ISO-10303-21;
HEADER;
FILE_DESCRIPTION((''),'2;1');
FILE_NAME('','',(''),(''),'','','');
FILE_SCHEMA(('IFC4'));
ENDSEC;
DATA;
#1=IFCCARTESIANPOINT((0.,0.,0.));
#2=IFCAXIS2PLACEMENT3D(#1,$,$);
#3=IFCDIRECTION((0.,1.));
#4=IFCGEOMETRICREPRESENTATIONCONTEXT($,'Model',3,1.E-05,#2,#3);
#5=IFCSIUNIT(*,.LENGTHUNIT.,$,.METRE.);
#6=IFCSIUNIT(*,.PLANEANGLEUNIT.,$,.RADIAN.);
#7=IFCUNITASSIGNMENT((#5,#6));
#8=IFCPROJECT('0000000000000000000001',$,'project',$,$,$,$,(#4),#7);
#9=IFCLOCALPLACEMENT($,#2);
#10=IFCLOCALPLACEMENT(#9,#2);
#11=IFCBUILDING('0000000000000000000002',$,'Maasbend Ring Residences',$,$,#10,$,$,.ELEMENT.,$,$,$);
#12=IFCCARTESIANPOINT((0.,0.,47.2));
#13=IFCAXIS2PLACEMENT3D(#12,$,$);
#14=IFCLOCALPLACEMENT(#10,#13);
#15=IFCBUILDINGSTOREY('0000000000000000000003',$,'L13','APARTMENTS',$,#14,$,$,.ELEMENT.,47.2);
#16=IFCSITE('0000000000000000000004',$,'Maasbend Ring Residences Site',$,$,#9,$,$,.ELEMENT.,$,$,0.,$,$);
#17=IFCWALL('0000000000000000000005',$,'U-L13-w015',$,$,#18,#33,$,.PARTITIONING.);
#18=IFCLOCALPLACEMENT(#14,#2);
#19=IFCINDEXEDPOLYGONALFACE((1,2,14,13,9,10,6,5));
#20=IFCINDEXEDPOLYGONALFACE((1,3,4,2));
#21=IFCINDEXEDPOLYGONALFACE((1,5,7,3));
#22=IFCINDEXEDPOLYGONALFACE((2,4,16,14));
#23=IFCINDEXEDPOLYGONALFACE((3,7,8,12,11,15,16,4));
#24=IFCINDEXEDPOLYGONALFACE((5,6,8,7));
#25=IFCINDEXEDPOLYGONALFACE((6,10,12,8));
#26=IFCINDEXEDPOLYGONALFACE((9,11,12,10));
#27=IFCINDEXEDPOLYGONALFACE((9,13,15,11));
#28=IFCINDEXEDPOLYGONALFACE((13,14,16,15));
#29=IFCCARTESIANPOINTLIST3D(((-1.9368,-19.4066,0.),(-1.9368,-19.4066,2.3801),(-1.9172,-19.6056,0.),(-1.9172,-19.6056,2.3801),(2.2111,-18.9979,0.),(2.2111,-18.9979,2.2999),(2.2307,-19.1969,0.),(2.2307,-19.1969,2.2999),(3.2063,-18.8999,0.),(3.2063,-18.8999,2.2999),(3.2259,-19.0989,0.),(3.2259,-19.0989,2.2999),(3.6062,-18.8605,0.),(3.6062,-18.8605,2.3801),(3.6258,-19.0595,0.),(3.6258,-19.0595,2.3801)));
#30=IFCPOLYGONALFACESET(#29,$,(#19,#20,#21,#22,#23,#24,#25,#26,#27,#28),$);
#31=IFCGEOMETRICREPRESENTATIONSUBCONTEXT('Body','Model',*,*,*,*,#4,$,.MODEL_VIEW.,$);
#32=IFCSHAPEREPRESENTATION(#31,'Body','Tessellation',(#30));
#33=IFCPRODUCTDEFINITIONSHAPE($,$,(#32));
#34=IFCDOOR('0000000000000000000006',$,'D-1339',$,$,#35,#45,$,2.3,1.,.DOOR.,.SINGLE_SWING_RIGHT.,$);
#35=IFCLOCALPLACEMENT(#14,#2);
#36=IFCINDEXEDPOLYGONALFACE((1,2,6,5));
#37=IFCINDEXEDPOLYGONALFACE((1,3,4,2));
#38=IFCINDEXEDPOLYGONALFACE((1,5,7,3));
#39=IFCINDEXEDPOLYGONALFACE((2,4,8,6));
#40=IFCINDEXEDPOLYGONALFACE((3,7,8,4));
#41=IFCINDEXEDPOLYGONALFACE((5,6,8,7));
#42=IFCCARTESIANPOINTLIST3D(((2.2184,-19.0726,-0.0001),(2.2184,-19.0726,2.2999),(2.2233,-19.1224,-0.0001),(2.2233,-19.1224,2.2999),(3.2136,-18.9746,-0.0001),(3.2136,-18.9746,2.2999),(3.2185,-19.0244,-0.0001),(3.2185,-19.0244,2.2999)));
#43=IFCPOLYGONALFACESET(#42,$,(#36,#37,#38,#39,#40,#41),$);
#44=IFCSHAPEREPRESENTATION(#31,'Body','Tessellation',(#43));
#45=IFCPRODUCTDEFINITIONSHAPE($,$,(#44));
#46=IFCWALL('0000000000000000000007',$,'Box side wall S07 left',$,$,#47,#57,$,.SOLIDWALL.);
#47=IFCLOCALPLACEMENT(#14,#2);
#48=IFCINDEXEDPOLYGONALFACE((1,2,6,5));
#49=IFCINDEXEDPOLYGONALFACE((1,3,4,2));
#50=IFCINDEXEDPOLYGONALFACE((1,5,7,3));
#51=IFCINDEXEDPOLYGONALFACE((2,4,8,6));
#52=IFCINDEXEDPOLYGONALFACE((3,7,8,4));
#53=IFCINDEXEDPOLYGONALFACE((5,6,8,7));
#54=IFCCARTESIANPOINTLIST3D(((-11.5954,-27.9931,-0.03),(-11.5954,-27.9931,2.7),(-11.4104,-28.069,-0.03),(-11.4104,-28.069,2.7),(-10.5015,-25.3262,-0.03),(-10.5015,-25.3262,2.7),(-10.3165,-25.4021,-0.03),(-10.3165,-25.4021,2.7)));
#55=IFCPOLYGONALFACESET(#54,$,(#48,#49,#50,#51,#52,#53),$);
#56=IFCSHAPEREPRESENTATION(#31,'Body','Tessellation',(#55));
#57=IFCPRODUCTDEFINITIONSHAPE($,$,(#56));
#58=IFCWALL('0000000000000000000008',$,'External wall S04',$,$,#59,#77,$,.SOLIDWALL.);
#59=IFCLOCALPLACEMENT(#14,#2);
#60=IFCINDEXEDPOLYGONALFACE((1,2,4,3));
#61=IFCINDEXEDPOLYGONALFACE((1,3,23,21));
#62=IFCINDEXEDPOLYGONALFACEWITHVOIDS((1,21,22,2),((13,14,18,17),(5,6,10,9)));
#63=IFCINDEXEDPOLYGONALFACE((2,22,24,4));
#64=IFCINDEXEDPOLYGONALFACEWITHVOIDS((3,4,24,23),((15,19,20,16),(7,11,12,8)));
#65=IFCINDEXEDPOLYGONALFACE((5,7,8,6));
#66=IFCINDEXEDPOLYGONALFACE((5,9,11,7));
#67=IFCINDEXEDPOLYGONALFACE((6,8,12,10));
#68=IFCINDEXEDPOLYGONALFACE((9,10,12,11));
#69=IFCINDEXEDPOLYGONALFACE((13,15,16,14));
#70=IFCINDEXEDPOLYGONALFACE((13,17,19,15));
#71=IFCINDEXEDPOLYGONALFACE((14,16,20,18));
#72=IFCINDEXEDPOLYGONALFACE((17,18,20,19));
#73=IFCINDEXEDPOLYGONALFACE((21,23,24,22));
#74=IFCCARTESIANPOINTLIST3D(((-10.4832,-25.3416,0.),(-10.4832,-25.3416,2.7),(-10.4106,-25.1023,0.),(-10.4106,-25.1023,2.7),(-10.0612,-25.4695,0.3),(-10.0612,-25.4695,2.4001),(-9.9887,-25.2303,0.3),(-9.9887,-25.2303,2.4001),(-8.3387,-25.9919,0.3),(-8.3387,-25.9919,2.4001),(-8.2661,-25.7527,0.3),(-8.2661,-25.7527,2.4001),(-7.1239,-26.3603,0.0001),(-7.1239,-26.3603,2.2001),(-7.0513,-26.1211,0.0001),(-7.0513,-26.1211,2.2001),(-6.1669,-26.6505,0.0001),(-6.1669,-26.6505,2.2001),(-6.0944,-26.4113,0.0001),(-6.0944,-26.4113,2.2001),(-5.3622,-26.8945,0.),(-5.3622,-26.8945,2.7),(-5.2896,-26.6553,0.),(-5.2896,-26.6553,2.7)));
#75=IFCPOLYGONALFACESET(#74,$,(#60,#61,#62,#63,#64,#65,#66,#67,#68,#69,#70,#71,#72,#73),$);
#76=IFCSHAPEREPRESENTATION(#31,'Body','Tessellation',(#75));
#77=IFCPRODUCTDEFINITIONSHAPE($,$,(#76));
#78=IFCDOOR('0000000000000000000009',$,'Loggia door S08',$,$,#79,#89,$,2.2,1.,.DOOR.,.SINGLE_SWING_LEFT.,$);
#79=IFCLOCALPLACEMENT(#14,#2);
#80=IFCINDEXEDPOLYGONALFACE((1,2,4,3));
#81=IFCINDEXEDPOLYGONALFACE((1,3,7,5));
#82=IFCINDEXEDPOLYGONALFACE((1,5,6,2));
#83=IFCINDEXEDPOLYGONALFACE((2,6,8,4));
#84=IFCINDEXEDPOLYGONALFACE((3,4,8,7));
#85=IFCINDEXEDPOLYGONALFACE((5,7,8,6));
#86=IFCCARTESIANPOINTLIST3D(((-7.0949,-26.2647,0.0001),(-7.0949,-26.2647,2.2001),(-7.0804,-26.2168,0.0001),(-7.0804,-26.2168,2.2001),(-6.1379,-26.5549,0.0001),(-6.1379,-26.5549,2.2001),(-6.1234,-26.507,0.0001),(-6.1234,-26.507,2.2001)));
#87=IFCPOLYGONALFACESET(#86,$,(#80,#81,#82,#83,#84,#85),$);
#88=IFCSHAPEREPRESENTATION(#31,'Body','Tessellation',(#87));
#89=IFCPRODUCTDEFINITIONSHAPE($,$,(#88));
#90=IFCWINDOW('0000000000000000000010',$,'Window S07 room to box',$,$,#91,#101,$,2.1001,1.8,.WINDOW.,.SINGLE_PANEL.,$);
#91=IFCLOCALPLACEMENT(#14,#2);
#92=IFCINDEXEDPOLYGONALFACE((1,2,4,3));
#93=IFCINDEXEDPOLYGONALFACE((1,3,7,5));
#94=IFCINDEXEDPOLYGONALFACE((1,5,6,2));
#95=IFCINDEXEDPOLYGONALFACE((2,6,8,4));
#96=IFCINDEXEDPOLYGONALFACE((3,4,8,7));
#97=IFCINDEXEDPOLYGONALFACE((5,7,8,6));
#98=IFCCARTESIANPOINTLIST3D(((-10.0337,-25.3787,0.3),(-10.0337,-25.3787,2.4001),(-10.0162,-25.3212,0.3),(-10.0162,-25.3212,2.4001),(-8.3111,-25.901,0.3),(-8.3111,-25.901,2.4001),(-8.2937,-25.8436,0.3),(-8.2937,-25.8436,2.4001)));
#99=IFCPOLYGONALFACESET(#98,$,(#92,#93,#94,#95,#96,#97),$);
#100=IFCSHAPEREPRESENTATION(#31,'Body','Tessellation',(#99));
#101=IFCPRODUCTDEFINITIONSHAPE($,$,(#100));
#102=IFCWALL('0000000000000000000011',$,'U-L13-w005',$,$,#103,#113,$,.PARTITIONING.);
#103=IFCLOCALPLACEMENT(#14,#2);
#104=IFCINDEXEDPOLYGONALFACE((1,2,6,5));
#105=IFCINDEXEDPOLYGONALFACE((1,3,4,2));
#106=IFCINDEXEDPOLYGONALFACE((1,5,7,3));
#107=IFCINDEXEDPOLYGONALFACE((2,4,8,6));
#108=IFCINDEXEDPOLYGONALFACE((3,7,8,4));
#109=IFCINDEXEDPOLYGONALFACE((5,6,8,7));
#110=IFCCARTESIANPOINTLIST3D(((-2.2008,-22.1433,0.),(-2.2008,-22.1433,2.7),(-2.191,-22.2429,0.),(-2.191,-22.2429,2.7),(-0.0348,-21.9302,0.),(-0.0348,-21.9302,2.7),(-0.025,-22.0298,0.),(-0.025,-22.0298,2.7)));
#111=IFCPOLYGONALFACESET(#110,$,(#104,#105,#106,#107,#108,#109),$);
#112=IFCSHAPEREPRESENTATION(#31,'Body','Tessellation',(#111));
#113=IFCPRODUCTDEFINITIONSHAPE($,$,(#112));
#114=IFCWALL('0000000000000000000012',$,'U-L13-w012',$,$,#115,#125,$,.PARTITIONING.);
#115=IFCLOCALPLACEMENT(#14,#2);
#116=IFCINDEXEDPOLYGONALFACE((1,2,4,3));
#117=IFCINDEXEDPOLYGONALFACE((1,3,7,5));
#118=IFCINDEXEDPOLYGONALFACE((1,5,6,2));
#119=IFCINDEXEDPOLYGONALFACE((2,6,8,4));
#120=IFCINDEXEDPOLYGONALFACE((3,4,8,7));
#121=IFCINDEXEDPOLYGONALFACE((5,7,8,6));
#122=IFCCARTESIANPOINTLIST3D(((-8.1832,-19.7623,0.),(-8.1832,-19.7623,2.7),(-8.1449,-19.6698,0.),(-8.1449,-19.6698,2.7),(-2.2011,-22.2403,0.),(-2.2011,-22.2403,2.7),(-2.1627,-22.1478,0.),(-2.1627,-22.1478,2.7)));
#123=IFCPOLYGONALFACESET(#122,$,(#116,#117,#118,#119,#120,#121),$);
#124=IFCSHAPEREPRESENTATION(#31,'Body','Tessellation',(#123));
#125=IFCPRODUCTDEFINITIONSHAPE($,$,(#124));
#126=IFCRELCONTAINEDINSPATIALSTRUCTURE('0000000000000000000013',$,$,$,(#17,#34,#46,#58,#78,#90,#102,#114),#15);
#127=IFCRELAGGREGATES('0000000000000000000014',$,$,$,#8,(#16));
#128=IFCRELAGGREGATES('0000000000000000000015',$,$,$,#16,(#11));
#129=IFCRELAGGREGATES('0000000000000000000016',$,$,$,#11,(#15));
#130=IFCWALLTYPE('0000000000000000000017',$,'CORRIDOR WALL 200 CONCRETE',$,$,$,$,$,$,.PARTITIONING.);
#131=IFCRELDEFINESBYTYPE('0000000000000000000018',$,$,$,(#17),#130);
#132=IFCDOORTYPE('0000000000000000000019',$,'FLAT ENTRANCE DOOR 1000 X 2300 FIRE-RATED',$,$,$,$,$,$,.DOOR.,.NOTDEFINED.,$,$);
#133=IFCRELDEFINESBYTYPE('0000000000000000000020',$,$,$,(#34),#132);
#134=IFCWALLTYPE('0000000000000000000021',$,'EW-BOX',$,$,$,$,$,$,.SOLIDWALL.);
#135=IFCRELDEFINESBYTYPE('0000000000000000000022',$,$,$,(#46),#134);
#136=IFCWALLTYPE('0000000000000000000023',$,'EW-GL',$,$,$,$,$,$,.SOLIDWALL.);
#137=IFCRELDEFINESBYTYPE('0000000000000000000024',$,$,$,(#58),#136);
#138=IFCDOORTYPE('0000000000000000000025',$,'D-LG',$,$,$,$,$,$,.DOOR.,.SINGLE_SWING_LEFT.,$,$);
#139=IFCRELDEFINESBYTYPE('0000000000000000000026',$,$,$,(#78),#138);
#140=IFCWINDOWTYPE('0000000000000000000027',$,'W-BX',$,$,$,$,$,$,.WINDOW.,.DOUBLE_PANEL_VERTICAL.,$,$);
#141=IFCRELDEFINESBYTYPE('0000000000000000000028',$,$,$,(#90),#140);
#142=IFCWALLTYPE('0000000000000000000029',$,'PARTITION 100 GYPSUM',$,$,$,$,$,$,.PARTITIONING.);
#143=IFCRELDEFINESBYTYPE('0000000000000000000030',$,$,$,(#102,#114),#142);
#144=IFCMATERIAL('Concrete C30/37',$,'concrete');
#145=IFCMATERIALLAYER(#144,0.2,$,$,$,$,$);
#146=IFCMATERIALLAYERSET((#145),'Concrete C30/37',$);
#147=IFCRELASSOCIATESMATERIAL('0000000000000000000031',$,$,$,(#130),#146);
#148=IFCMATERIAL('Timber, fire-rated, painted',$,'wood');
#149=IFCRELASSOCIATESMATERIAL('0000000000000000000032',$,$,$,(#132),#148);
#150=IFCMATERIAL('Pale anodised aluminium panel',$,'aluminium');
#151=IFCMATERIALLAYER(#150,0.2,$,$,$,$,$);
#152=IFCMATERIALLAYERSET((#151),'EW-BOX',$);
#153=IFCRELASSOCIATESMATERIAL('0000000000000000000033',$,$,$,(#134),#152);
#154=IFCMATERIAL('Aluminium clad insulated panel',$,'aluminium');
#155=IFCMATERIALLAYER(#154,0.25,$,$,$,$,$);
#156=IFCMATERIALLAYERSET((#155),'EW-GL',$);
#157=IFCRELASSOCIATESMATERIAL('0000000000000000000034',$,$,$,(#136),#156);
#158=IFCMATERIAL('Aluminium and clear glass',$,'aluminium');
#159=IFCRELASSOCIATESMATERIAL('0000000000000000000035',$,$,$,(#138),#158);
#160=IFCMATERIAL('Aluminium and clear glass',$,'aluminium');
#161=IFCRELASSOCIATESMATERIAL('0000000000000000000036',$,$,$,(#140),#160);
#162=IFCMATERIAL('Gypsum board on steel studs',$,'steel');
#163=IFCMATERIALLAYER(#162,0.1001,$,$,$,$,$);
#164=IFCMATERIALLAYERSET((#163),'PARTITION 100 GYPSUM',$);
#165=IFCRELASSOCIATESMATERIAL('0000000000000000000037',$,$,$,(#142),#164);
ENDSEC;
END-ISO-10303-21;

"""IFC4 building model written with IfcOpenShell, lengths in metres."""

from ifc_helpers import new_model, si_unit, direction, frame, frame_2d, origin, place, context, subcontext, project, spatial, rectangle, extrude, material, layer, layer_set, type_object, element, fill, save


model = new_model("IFC4")

# Units and contexts
model_context = context("Model", 3, precision=1e-05, world=origin(), true_north=direction((0.0, 1.0)))
body_context = subcontext(model_context, "Body", "Model", "MODEL_VIEW")
ifc_project = project(units=[si_unit("LENGTHUNIT", "METRE"), si_unit("PLANEANGLEUNIT", "RADIAN")], contexts=[model_context])

# Site, building, storey
site_placement = place(None, origin())
site = spatial("IfcSite", under=ifc_project, at=site_placement, Name="Maasbend Ring Residences Site", CompositionType="ELEMENT", RefElevation=0.0)
building_placement = place(site_placement, origin())
building = spatial("IfcBuilding", under=site, at=building_placement, Name="Maasbend Ring Residences", CompositionType="ELEMENT")
storey_placement = place(building_placement, frame((0.0, 0.0, 47.2)))
storey = spatial("IfcBuildingStorey", under=building, at=storey_placement, Name="L13", Description="APARTMENTS", CompositionType="ELEMENT", Elevation=47.2)

# Wall, opening, door
ifc_material_1 = material(Name="Concrete C30/37", Category="concrete")
ifc_layer_1 = layer(ifc_material_1, 0.2)
ifc_layer_set_1 = layer_set([ifc_layer_1], Name="Concrete C30/37")
wall_type_1 = type_object("IfcWallType", Name="CORRIDOR WALL 200 CONCRETE", PredefinedType="PARTITIONING", material=ifc_layer_set_1)
wall_1_placement = place(storey_placement, frame((-1.927, -19.5061, 0.0), z_axis=(0.0, 0.0, 1.0), x_axis=(0.995181, 0.098054, 0.0)))
wall_1 = element("IfcWall", 1, at=wall_1_placement, inside=storey, type_object=wall_type_1, Name="U-L13-w015", PredefinedType="PARTITIONING", context=body_context, shape_type="SweptSolid", body=[
    extrude(rectangle(XDim=5.5698, YDim=0.2, at=frame_2d((2.7849, 0.0))), origin(), (0.0, 0.0, 1.0), 2.3801),
])
opening_1_placement = place(wall_1_placement, frame((4.168, 0.0, 0.0)))
opening_1 = element("IfcOpeningElement", 2, at=opening_1_placement, cuts=wall_1, PredefinedType="OPENING", context=body_context, shape_type="SweptSolid", body=[
    extrude(rectangle(XDim=1.0, YDim=2.3, at=frame_2d((0.5, 1.1499))), frame((0.0, 0.1099, 0.0), z_axis=(0.0, -1.0, 0.0), x_axis=(1.0, 0.0, 0.0)), (0.0, 0.0, 1.0), 0.22),
])
ifc_material_2 = material(Name="Timber, fire-rated, painted", Category="wood")
door_type_1 = type_object("IfcDoorType", Name="FLAT ENTRANCE DOOR 1000 X 2300 FIRE-RATED", OperationType="NOTDEFINED", PredefinedType="DOOR", material=ifc_material_2)
door_1_placement = place(opening_1_placement, origin())
door_1 = element("IfcDoor", 3, at=door_1_placement, inside=storey, type_object=door_type_1, Name="D-1339", OperationType="SINGLE_SWING_RIGHT", OverallHeight=2.3, OverallWidth=1.0, PredefinedType="DOOR", context=body_context, shape_type="SweptSolid", body=[
    extrude(rectangle(XDim=1.0, YDim=2.3, at=frame_2d((0.5, 1.1499))), frame((0.0, 0.0249, 0.0), z_axis=(0.0, -1.0, 0.0), x_axis=(1.0, 0.0, 0.0)), (0.0, 0.0, 1.0), 0.05),
])
fill(opening_1, door_1)

# Wall
ifc_material_3 = material(Name="Pale anodised aluminium panel", Category="aluminium")
ifc_layer_2 = layer(ifc_material_3, 0.2)
ifc_layer_set_2 = layer_set([ifc_layer_2], Name="EW-BOX")
wall_type_2 = type_object("IfcWallType", Name="EW-BOX", PredefinedType="SOLIDWALL", material=ifc_layer_set_2)
wall_2_placement = place(storey_placement, frame((-10.4089, -25.364, -0.03), z_axis=(0.0, 0.0, 1.0), x_axis=(-0.37951, -0.925188, 0.0)))
element("IfcWall", 4, at=wall_2_placement, inside=storey, type_object=wall_type_2, Name="Box side wall S07 left", PredefinedType="SOLIDWALL", context=body_context, shape_type="SweptSolid", body=[
    extrude(rectangle(XDim=2.8826, YDim=0.2, at=frame_2d((1.4414, 0.0))), origin(), (0.0, 0.0, 1.0), 2.73),
])

# Wall, openings, door, window
ifc_material_4 = material(Name="Aluminium clad insulated panel", Category="aluminium")
ifc_layer_3 = layer(ifc_material_4, 0.25)
ifc_layer_set_3 = layer_set([ifc_layer_3], Name="EW-GL")
wall_type_3 = type_object("IfcWallType", Name="EW-GL", PredefinedType="SOLIDWALL", material=ifc_layer_set_3)
wall_3_placement = place(storey_placement, frame((-10.447, -25.2219, 0.0), z_axis=(0.0, 0.0, 1.0), x_axis=(0.956966, -0.290201, 0.0)))
wall_3 = element("IfcWall", 5, at=wall_3_placement, inside=storey, type_object=wall_type_3, Name="External wall S04", PredefinedType="SOLIDWALL", context=body_context, shape_type="SweptSolid", body=[
    extrude(rectangle(XDim=5.3513, YDim=0.25, at=frame_2d((2.6758, 0.0))), origin(), (0.0, 0.0, 1.0), 2.7),
])
opening_2_placement = place(wall_3_placement, frame((0.4412, 0.0, 0.3)))
opening_2 = element("IfcOpeningElement", 6, at=opening_2_placement, cuts=wall_3, PredefinedType="OPENING", context=body_context, shape_type="SweptSolid", body=[
    extrude(rectangle(XDim=1.8, YDim=2.1001, at=frame_2d((0.8999, 1.05))), frame((0.0, 0.135, 0.0), z_axis=(0.0, -1.0, 0.0), x_axis=(1.0, 0.0, 0.0)), (0.0, 0.0, 1.0), 0.27),
])
opening_3_placement = place(wall_3_placement, frame((3.5105, 0.0, 0.0)))
opening_3 = element("IfcOpeningElement", 7, at=opening_3_placement, cuts=wall_3, PredefinedType="OPENING", context=body_context, shape_type="SweptSolid", body=[
    extrude(rectangle(XDim=1.0, YDim=2.2, at=frame_2d((0.5, 1.1001))), frame((0.0, 0.135, 0.0), z_axis=(0.0, -1.0, 0.0), x_axis=(1.0, 0.0, 0.0)), (0.0, 0.0, 1.0), 0.27),
])
ifc_material_5 = material(Name="Aluminium and clear glass", Category="aluminium")
door_type_2 = type_object("IfcDoorType", Name="D-LG", OperationType="SINGLE_SWING_LEFT", PredefinedType="DOOR", material=ifc_material_5)
door_2_placement = place(opening_3_placement, origin())
door_2 = element("IfcDoor", 8, at=door_2_placement, inside=storey, type_object=door_type_2, Name="Loggia door S08", OperationType="SINGLE_SWING_LEFT", OverallHeight=2.2, OverallWidth=1.0, PredefinedType="DOOR", context=body_context, shape_type="SweptSolid", body=[
    extrude(rectangle(XDim=1.0, YDim=2.2, at=frame_2d((0.5, 1.1001))), frame((0.0, 0.0249, 0.0), z_axis=(0.0, -1.0, 0.0), x_axis=(1.0, 0.0, 0.0)), (0.0, 0.0, 1.0), 0.05),
])
fill(opening_3, door_2)
ifc_material_6 = material(Name="Aluminium and clear glass", Category="aluminium")
window_type = type_object("IfcWindowType", Name="W-BX", PartitioningType="DOUBLE_PANEL_VERTICAL", PredefinedType="WINDOW", material=ifc_material_6)
window_placement = place(opening_2_placement, origin())
window = element("IfcWindow", 9, at=window_placement, inside=storey, type_object=window_type, Name="Window S07 room to box", OverallHeight=2.1001, OverallWidth=1.8, PartitioningType="SINGLE_PANEL", PredefinedType="WINDOW", context=body_context, shape_type="SweptSolid", body=[
    extrude(rectangle(XDim=1.8, YDim=2.1001, at=frame_2d((0.8999, 1.05))), frame((0.0, 0.03, 0.0), z_axis=(0.0, -1.0, 0.0), x_axis=(1.0, 0.0, 0.0)), (0.0, 0.0, 1.0), 0.0601),
])
fill(opening_2, window)

# Walls
ifc_material_7 = material(Name="Gypsum board on steel studs", Category="steel")
ifc_layer_4 = layer(ifc_material_7, 0.1001)
ifc_layer_set_4 = layer_set([ifc_layer_4], Name="PARTITION 100 GYPSUM")
wall_type_4 = type_object("IfcWallType", Name="PARTITION 100 GYPSUM", PredefinedType="PARTITIONING", material=ifc_layer_set_4)
wall_4_placement = place(storey_placement, frame((-2.196, -22.1931, 0.0), z_axis=(0.0, 0.0, 1.0), x_axis=(0.995194, 0.097927, 0.0)))
element("IfcWall", 10, at=wall_4_placement, inside=storey, type_object=wall_type_4, Name="U-L13-w005", PredefinedType="PARTITIONING", context=body_context, shape_type="SweptSolid", body=[
    extrude(rectangle(XDim=2.1765, YDim=0.1001, at=frame_2d((1.0884, 0.0))), origin(), (0.0, 0.0, 1.0), 2.7),
])
wall_5_placement = place(storey_placement, frame((-8.1641, -19.7161, 0.0), z_axis=(0.0, 0.0, 1.0), x_axis=(0.923873, -0.3827, 0.0)))
element("IfcWall", 11, at=wall_5_placement, inside=storey, type_object=wall_type_4, Name="U-L13-w012", PredefinedType="PARTITIONING", context=body_context, shape_type="SweptSolid", body=[
    extrude(rectangle(XDim=6.4751, YDim=0.1001, at=frame_2d((3.2375, 0.0))), origin(), (0.0, 0.0, 1.0), 2.7),
])

save(model, "model.ifc")
